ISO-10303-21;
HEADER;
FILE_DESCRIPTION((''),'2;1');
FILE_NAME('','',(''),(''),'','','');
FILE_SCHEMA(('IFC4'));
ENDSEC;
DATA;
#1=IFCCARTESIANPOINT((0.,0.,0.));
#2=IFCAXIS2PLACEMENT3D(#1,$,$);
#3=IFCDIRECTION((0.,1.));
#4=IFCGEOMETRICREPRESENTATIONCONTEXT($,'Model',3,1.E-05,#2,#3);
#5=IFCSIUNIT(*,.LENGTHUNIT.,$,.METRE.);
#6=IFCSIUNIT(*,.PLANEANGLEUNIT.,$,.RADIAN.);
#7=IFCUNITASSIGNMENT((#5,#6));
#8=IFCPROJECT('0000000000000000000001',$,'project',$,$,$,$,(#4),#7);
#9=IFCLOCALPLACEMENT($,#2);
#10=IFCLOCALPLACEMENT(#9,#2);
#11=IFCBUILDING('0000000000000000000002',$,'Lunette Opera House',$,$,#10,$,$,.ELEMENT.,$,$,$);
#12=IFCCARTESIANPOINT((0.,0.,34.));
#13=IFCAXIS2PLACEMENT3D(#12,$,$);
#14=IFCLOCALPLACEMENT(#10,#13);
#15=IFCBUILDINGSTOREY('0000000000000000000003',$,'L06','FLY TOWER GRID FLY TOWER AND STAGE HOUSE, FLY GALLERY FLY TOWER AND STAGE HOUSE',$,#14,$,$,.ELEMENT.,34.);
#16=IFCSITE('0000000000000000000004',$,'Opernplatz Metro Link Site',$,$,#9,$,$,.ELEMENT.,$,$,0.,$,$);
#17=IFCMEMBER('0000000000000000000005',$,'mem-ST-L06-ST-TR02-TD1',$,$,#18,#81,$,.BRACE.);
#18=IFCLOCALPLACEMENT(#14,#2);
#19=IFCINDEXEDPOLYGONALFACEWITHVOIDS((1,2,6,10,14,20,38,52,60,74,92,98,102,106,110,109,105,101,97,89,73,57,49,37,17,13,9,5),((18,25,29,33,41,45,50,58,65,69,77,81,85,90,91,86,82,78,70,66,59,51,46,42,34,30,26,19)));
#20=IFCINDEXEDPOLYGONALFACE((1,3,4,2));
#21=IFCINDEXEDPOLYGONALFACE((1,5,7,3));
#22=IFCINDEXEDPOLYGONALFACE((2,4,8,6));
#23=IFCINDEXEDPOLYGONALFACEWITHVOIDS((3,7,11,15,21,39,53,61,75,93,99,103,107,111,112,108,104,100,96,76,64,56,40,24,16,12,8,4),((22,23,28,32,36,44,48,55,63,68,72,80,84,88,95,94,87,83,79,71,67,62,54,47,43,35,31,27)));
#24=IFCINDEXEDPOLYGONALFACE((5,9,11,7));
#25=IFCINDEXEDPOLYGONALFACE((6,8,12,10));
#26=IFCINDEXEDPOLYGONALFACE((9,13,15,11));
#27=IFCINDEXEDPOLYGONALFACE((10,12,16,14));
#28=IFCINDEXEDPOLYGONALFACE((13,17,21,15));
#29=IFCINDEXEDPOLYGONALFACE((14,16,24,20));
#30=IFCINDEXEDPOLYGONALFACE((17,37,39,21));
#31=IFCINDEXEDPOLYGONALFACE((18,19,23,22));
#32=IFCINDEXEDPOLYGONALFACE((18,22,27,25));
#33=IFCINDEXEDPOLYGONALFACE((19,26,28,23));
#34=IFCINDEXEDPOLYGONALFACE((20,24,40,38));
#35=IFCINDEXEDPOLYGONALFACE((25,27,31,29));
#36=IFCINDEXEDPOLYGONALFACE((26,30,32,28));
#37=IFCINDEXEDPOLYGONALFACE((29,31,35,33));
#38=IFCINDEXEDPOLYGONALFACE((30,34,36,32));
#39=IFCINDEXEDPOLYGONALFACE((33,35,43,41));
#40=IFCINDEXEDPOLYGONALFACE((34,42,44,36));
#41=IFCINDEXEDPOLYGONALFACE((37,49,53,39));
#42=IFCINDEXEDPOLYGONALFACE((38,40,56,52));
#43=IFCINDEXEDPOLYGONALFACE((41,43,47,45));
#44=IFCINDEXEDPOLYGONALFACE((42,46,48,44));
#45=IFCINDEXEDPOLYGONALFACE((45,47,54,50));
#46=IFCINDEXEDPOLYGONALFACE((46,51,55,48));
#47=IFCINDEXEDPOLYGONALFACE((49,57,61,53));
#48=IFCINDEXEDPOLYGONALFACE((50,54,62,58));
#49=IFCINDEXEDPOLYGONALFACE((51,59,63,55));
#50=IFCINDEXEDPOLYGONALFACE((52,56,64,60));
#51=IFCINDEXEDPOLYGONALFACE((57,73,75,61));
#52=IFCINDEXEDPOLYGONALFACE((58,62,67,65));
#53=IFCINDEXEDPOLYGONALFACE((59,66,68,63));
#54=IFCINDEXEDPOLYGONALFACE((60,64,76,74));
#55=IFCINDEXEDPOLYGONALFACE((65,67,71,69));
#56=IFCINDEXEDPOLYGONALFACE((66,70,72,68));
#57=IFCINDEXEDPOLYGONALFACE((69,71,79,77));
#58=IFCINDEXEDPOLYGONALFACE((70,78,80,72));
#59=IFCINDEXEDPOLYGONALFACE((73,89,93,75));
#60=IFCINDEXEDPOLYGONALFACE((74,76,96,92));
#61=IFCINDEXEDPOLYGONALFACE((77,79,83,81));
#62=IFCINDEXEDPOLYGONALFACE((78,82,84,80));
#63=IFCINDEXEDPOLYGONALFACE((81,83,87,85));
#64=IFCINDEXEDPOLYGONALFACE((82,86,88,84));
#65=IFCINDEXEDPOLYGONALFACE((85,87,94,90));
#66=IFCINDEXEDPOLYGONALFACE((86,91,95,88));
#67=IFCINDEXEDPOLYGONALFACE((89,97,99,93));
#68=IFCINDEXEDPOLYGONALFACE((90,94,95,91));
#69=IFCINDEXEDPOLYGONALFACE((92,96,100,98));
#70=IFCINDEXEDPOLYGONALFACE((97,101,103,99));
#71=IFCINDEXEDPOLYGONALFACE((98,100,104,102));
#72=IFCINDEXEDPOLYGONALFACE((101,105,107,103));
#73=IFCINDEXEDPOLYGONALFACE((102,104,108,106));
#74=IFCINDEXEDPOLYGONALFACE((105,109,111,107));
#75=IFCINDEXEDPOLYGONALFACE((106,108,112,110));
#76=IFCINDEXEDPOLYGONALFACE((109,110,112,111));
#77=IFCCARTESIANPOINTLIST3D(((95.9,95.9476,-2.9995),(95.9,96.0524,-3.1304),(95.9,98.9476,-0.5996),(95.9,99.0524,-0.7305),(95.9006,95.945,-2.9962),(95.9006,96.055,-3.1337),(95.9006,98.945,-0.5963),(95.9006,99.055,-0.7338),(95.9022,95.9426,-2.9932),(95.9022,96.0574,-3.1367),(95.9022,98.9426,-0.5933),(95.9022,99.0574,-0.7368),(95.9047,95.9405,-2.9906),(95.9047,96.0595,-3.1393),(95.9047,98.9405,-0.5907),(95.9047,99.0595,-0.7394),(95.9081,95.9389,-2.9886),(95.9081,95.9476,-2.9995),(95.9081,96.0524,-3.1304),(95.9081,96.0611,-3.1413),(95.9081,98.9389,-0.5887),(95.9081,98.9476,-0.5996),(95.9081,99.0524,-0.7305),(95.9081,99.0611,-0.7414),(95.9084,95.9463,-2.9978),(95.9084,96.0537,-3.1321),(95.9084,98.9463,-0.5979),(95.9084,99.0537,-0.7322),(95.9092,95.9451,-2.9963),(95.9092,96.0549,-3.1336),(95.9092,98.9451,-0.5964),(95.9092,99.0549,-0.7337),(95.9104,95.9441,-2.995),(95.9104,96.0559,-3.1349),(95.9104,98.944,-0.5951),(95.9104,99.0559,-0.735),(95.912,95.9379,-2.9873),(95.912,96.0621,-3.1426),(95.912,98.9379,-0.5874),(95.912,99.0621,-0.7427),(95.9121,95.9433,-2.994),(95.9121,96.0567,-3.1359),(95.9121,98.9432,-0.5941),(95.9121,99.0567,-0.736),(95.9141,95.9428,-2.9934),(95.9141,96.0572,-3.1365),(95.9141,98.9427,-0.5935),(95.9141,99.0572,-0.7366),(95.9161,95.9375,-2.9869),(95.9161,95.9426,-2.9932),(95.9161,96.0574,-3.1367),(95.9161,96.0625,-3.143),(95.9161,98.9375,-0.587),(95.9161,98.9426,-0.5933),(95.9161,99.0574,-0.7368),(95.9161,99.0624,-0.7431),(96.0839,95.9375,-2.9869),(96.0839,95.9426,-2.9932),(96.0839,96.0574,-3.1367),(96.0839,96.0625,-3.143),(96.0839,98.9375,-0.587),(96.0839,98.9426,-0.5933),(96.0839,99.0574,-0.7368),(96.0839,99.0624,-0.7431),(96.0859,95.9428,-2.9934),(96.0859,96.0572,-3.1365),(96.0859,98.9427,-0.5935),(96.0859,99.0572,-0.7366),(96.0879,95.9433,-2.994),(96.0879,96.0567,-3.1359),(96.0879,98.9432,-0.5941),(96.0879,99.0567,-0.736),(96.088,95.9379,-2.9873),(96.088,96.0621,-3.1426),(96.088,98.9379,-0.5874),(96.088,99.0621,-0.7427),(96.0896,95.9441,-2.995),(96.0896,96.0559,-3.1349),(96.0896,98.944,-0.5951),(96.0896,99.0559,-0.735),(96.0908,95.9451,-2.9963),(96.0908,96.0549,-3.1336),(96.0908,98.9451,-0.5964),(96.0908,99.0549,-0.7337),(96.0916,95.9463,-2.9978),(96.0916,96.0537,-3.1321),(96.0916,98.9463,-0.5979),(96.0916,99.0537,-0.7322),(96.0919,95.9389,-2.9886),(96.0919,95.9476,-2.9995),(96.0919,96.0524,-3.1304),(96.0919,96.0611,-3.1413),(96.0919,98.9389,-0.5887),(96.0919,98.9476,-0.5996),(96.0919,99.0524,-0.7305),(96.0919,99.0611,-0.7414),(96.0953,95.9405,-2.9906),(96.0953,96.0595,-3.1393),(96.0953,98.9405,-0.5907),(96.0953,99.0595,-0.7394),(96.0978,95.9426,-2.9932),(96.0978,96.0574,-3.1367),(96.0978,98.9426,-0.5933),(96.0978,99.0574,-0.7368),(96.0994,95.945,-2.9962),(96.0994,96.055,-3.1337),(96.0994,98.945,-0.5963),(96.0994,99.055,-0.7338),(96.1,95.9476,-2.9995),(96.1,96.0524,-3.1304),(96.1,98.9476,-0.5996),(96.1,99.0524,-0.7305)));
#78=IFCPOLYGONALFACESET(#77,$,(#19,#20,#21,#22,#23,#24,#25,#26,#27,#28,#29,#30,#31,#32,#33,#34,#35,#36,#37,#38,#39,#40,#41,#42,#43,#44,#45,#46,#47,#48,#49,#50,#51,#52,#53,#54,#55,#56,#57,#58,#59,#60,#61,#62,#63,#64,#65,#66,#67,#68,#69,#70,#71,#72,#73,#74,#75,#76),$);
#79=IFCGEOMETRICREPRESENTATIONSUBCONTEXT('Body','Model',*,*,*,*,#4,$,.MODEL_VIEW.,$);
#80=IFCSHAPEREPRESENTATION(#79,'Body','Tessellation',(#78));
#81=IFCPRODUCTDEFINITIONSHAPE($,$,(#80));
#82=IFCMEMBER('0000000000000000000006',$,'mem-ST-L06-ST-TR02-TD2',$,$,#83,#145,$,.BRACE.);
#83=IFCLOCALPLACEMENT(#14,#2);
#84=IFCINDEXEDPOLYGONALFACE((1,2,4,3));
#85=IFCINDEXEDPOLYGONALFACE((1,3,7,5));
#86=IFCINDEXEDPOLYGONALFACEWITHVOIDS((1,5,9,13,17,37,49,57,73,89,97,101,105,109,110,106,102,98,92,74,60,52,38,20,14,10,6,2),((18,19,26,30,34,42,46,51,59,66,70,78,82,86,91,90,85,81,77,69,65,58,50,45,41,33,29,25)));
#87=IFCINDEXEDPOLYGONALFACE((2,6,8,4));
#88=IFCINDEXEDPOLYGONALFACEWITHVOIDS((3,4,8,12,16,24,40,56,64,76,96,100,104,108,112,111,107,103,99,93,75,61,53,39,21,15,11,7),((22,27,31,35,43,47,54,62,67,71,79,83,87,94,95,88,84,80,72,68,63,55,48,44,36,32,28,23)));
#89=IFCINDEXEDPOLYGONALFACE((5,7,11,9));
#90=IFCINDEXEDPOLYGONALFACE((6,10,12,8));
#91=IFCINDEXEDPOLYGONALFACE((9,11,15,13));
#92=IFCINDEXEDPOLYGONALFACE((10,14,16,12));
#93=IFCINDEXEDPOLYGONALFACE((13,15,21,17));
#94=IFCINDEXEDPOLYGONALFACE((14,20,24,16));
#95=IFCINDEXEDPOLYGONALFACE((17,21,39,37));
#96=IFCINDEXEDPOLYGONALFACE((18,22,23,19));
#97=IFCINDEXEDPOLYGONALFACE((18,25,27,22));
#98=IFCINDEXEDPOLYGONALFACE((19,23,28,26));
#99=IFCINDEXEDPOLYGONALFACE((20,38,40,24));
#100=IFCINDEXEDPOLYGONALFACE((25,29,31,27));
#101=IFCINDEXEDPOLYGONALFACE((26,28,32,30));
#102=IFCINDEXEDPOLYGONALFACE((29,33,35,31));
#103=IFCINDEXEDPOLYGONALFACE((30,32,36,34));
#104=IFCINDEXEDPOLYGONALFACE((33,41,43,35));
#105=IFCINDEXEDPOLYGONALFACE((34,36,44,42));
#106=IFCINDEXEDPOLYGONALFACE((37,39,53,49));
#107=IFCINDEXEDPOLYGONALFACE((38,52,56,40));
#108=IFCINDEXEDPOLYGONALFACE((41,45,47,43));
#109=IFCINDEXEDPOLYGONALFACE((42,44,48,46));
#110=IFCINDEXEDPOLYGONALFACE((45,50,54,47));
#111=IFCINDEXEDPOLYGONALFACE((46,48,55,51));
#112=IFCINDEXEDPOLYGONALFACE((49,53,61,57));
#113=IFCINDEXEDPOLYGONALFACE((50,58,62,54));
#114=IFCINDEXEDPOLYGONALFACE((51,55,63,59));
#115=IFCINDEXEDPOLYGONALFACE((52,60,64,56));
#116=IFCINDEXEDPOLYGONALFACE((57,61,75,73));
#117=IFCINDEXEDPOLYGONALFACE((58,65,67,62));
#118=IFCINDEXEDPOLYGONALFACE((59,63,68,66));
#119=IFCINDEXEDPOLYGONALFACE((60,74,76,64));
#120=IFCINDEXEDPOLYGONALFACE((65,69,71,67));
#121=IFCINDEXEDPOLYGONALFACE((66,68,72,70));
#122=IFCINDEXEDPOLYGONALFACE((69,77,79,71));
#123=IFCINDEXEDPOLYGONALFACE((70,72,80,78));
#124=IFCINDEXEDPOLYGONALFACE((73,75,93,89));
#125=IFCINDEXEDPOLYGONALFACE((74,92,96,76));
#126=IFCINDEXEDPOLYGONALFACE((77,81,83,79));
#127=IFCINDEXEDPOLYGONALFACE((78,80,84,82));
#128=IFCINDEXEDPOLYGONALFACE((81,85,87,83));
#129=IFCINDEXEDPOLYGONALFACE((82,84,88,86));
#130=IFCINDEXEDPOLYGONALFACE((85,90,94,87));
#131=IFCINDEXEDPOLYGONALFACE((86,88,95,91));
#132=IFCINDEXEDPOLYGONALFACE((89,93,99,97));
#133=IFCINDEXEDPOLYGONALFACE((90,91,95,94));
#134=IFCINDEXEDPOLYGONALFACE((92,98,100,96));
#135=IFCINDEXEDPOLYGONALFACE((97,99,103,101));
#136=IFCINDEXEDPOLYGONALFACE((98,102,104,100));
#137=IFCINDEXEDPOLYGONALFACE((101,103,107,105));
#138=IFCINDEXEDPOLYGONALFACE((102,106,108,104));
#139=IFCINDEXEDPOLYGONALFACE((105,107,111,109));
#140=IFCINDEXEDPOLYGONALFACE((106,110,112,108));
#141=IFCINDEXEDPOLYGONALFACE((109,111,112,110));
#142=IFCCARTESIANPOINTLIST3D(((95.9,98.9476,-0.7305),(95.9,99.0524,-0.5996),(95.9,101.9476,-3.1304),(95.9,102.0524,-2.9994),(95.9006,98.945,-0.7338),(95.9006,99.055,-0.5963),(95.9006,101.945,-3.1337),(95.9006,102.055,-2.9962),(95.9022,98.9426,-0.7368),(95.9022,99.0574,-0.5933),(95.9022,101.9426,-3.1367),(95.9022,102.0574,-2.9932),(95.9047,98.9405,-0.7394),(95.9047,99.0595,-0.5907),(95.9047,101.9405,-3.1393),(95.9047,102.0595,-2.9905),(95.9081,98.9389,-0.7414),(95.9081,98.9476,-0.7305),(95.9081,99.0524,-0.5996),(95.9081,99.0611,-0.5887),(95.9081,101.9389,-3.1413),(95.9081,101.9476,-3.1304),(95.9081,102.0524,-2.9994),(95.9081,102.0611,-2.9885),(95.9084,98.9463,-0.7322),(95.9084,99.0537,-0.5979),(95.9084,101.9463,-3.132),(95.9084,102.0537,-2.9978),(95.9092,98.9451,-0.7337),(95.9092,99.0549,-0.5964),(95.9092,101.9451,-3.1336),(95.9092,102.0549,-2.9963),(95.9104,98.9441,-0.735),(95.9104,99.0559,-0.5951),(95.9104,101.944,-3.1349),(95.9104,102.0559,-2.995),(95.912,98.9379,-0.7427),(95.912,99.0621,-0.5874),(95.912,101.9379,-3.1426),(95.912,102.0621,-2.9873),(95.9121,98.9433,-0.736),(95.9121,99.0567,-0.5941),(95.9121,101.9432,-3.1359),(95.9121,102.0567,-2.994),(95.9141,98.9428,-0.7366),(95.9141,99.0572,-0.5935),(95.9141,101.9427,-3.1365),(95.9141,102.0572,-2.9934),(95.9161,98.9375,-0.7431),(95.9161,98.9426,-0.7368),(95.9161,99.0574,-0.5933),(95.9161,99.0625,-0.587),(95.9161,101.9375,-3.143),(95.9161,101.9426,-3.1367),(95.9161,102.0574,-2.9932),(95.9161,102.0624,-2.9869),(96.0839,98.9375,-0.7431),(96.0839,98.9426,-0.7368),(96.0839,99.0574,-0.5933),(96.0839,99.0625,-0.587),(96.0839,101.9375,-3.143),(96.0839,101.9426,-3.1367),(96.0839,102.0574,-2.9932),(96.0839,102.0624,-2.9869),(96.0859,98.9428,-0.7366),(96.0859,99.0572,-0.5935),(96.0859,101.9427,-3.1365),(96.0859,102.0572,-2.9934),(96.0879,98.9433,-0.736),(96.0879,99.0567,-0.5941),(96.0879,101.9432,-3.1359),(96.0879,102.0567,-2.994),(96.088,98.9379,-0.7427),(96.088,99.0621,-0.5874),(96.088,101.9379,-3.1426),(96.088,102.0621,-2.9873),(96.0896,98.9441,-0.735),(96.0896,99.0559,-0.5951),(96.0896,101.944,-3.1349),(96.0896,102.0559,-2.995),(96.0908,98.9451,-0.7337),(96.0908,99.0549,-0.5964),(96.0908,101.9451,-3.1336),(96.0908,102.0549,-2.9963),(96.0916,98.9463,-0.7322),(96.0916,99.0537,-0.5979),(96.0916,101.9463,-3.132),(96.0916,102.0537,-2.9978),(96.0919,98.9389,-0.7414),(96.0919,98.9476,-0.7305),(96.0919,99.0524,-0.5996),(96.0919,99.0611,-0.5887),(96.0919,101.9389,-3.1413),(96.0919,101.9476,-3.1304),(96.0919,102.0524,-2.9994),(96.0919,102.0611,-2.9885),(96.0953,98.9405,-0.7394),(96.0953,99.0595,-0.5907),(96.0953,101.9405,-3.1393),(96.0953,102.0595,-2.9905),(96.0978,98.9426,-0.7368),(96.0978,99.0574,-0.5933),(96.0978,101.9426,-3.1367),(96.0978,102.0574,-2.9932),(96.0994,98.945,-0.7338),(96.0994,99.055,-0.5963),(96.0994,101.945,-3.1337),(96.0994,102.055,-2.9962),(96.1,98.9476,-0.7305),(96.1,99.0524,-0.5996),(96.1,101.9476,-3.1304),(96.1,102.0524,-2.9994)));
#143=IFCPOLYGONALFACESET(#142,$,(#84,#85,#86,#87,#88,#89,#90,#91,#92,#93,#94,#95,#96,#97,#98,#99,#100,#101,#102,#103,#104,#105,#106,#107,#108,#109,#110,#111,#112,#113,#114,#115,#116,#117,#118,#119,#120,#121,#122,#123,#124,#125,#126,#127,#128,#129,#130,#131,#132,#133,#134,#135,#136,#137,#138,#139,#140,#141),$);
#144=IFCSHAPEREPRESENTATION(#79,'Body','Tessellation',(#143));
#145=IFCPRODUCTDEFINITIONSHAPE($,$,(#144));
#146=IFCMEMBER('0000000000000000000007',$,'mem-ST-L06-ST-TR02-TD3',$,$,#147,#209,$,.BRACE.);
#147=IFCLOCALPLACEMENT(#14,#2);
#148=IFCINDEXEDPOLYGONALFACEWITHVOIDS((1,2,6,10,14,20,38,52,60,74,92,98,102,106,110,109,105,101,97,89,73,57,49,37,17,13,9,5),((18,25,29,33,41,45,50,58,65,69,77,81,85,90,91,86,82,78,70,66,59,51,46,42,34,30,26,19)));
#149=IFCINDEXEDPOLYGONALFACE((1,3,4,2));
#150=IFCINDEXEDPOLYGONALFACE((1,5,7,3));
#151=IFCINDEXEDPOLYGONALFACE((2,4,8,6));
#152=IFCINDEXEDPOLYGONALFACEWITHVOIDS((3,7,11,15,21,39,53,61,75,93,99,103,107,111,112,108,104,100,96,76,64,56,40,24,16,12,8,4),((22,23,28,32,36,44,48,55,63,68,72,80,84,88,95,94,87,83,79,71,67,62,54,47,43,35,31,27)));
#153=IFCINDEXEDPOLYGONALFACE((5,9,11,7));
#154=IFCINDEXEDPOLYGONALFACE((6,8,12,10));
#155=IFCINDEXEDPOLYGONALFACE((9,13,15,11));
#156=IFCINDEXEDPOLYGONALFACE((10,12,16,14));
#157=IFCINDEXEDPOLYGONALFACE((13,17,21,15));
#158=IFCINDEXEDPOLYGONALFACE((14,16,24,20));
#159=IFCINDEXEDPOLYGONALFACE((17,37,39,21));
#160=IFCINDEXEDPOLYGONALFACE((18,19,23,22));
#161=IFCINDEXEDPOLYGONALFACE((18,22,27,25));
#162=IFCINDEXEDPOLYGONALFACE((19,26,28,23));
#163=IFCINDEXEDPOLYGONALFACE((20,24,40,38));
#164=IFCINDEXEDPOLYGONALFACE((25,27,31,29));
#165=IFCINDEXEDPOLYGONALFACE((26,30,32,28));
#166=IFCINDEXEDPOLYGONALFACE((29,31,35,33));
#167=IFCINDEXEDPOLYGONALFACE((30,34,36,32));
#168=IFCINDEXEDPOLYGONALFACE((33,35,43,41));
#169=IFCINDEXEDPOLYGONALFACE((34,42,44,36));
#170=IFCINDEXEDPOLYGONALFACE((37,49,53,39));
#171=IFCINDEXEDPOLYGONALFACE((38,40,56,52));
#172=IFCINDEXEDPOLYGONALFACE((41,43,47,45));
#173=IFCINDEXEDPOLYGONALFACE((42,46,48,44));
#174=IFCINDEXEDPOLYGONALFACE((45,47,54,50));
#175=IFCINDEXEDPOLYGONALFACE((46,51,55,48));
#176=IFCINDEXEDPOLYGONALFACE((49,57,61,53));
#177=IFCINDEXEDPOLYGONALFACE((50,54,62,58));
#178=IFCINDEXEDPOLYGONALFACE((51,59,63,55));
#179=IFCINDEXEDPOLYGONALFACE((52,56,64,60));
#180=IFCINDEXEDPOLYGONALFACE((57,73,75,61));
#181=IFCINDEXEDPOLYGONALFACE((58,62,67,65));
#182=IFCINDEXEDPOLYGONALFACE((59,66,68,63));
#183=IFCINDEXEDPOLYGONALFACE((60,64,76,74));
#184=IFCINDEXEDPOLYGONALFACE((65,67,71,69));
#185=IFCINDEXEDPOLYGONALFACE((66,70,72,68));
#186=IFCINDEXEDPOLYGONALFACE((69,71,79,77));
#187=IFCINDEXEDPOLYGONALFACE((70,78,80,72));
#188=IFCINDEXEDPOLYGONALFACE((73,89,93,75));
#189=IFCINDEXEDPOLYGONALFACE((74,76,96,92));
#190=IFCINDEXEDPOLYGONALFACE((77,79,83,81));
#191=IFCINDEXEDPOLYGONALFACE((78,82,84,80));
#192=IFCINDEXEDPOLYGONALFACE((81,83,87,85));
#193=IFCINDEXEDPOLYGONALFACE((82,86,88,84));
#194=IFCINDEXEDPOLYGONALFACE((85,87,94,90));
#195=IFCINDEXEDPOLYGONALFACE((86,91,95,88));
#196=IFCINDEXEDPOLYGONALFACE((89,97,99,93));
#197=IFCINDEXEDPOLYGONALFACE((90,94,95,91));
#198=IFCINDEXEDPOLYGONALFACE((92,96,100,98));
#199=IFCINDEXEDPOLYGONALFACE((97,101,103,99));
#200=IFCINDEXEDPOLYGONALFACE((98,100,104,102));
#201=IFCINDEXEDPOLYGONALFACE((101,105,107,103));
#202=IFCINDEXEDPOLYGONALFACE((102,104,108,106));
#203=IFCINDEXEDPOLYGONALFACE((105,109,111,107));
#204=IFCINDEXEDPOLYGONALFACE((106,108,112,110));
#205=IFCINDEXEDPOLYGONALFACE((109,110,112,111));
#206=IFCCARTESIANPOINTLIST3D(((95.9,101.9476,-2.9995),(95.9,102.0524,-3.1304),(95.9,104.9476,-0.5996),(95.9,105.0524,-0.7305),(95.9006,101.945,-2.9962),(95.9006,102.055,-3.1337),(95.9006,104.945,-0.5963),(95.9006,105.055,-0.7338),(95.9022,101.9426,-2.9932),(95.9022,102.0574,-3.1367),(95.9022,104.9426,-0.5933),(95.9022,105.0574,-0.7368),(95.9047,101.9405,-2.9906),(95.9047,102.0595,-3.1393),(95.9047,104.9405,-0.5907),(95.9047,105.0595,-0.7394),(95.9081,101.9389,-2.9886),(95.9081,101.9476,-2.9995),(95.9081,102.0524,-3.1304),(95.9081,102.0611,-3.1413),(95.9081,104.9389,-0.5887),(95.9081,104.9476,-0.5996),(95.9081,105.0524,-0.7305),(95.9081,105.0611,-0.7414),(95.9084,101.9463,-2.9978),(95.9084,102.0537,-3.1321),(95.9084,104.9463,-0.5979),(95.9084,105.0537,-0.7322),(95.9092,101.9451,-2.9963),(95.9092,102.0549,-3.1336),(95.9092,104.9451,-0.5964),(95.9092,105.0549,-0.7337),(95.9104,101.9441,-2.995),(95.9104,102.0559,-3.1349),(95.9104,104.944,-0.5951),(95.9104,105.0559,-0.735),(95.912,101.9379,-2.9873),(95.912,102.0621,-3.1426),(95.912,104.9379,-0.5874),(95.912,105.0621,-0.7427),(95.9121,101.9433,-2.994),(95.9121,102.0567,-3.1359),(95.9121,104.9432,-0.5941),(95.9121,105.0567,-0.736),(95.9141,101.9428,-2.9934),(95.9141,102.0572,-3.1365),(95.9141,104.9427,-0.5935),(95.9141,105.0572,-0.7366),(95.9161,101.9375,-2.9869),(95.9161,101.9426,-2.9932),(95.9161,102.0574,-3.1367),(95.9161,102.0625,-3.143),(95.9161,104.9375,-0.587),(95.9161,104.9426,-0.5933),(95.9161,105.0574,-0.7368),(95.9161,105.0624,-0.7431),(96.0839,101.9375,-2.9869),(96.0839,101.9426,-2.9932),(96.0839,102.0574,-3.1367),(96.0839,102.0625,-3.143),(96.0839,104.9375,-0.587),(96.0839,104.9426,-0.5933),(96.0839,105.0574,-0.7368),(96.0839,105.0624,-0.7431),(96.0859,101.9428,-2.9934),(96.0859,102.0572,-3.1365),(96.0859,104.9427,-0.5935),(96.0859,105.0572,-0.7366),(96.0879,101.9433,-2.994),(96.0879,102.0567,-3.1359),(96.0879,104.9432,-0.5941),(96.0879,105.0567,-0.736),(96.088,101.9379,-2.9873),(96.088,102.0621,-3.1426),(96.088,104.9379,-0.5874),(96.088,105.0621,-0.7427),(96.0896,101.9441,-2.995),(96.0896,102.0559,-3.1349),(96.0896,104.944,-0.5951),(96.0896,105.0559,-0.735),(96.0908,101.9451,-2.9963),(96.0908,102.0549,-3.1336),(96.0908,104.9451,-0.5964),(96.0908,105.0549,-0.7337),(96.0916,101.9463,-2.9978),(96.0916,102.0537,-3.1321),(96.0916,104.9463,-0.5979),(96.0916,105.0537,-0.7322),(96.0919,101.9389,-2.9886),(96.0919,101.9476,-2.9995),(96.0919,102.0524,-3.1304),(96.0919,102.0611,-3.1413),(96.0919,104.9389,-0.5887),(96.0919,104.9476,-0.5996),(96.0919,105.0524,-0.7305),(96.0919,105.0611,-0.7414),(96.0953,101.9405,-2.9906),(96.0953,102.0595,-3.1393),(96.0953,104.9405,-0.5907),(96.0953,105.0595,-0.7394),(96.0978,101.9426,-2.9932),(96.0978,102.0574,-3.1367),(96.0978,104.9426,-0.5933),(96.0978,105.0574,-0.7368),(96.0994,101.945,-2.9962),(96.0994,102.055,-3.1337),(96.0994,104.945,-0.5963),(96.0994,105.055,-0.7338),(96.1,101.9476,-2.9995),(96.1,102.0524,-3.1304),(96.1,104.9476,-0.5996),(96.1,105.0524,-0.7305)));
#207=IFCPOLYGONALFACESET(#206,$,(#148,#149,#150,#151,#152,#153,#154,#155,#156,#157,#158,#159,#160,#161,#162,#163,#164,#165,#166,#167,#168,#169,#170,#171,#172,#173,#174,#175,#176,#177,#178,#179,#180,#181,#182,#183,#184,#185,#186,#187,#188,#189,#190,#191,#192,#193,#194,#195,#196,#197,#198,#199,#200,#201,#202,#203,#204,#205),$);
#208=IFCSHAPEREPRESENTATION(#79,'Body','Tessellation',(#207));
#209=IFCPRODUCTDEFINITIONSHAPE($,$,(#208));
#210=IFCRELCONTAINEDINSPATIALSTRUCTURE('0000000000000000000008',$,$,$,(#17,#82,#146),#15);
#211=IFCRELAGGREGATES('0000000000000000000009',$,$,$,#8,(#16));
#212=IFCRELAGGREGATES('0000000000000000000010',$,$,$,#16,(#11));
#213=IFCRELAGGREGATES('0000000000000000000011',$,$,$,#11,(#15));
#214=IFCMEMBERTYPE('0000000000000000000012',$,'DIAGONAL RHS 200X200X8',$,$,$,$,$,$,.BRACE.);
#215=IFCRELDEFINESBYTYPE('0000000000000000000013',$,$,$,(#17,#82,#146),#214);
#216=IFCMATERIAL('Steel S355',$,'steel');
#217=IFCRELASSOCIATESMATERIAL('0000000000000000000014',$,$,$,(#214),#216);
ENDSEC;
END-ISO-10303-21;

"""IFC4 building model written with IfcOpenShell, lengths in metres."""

from ifc_helpers import new_model, si_unit, direction, frame, origin, origin_2d, place, context, subcontext, project, spatial, hollow_rectangle, extrude, material, material_profile, profile_set, type_object, element, save


model = new_model("IFC4")

# Units and contexts
model_context = context("Model", 3, precision=1e-05, world=origin(), true_north=direction((0.0, 1.0)))
body_context = subcontext(model_context, "Body", "Model", "MODEL_VIEW")
ifc_project = project(units=[si_unit("LENGTHUNIT", "METRE"), si_unit("PLANEANGLEUNIT", "RADIAN")], contexts=[model_context])

# Site, building, storey
site_placement = place(None, origin())
site = spatial("IfcSite", under=ifc_project, at=site_placement, Name="Opernplatz Metro Link Site", CompositionType="ELEMENT", RefElevation=0.0)
building_placement = place(site_placement, origin())
building = spatial("IfcBuilding", under=site, at=building_placement, Name="Lunette Opera House", CompositionType="ELEMENT")
storey_placement = place(building_placement, frame((0.0, 0.0, 34.0)))
storey = spatial("IfcBuildingStorey", under=building, at=storey_placement, Name="L06", Description="FLY TOWER GRID FLY TOWER AND STAGE HOUSE, FLY GALLERY FLY TOWER AND STAGE HOUSE", CompositionType="ELEMENT", Elevation=34.0)

# Members
ifc_material_1 = material(Name="Steel S355", Category="steel")
ifc_material_profile_1 = material_profile(ifc_material_1, hollow_rectangle(XDim=0.2, YDim=0.2, WallThickness=0.0081, InnerFilletRadius=0.0081, OuterFilletRadius=0.0161, at=origin_2d()), Name="RHS 200X200X8")
ifc_profile_set_1 = profile_set([ifc_material_profile_1], Name="Steel S355")
member_type_1 = type_object("IfcMemberType", Name="DIAGONAL RHS 200X200X8", PredefinedType="BRACE", material=ifc_profile_set_1)
for number, where, z_axis, x_axis, name in (
    (1, (96.0, 96.0, -3.0649), (0.0, 0.780881, 0.62468), (-1.0, 0.0, 0.0), "mem-ST-L06-ST-TR02-TD1"),
    (2, (96.0, 99.0, -0.665), (0.0, 0.780881, -0.62468), (-1.0, 0.0, 0.0), "mem-ST-L06-ST-TR02-TD2"),
    (3, (96.0, 102.0, -3.0649), (0.0, 0.780881, 0.62468), (-1.0, 0.0, 0.0), "mem-ST-L06-ST-TR02-TD3"),
):
    element("IfcMember", number, at=place(storey_placement, frame(where, z_axis=z_axis, x_axis=x_axis)), inside=storey, type_object=member_type_1, Name=name, PredefinedType="BRACE", context=body_context, shape_type="SweptSolid", body=[
        extrude(hollow_rectangle(XDim=0.2, YDim=0.2, WallThickness=0.0081, InnerFilletRadius=0.0081, OuterFilletRadius=0.0161, at=origin_2d()), origin(), (0.0, 0.0, 1.0), 3.8418),
    ])

save(model, "model.ifc")
